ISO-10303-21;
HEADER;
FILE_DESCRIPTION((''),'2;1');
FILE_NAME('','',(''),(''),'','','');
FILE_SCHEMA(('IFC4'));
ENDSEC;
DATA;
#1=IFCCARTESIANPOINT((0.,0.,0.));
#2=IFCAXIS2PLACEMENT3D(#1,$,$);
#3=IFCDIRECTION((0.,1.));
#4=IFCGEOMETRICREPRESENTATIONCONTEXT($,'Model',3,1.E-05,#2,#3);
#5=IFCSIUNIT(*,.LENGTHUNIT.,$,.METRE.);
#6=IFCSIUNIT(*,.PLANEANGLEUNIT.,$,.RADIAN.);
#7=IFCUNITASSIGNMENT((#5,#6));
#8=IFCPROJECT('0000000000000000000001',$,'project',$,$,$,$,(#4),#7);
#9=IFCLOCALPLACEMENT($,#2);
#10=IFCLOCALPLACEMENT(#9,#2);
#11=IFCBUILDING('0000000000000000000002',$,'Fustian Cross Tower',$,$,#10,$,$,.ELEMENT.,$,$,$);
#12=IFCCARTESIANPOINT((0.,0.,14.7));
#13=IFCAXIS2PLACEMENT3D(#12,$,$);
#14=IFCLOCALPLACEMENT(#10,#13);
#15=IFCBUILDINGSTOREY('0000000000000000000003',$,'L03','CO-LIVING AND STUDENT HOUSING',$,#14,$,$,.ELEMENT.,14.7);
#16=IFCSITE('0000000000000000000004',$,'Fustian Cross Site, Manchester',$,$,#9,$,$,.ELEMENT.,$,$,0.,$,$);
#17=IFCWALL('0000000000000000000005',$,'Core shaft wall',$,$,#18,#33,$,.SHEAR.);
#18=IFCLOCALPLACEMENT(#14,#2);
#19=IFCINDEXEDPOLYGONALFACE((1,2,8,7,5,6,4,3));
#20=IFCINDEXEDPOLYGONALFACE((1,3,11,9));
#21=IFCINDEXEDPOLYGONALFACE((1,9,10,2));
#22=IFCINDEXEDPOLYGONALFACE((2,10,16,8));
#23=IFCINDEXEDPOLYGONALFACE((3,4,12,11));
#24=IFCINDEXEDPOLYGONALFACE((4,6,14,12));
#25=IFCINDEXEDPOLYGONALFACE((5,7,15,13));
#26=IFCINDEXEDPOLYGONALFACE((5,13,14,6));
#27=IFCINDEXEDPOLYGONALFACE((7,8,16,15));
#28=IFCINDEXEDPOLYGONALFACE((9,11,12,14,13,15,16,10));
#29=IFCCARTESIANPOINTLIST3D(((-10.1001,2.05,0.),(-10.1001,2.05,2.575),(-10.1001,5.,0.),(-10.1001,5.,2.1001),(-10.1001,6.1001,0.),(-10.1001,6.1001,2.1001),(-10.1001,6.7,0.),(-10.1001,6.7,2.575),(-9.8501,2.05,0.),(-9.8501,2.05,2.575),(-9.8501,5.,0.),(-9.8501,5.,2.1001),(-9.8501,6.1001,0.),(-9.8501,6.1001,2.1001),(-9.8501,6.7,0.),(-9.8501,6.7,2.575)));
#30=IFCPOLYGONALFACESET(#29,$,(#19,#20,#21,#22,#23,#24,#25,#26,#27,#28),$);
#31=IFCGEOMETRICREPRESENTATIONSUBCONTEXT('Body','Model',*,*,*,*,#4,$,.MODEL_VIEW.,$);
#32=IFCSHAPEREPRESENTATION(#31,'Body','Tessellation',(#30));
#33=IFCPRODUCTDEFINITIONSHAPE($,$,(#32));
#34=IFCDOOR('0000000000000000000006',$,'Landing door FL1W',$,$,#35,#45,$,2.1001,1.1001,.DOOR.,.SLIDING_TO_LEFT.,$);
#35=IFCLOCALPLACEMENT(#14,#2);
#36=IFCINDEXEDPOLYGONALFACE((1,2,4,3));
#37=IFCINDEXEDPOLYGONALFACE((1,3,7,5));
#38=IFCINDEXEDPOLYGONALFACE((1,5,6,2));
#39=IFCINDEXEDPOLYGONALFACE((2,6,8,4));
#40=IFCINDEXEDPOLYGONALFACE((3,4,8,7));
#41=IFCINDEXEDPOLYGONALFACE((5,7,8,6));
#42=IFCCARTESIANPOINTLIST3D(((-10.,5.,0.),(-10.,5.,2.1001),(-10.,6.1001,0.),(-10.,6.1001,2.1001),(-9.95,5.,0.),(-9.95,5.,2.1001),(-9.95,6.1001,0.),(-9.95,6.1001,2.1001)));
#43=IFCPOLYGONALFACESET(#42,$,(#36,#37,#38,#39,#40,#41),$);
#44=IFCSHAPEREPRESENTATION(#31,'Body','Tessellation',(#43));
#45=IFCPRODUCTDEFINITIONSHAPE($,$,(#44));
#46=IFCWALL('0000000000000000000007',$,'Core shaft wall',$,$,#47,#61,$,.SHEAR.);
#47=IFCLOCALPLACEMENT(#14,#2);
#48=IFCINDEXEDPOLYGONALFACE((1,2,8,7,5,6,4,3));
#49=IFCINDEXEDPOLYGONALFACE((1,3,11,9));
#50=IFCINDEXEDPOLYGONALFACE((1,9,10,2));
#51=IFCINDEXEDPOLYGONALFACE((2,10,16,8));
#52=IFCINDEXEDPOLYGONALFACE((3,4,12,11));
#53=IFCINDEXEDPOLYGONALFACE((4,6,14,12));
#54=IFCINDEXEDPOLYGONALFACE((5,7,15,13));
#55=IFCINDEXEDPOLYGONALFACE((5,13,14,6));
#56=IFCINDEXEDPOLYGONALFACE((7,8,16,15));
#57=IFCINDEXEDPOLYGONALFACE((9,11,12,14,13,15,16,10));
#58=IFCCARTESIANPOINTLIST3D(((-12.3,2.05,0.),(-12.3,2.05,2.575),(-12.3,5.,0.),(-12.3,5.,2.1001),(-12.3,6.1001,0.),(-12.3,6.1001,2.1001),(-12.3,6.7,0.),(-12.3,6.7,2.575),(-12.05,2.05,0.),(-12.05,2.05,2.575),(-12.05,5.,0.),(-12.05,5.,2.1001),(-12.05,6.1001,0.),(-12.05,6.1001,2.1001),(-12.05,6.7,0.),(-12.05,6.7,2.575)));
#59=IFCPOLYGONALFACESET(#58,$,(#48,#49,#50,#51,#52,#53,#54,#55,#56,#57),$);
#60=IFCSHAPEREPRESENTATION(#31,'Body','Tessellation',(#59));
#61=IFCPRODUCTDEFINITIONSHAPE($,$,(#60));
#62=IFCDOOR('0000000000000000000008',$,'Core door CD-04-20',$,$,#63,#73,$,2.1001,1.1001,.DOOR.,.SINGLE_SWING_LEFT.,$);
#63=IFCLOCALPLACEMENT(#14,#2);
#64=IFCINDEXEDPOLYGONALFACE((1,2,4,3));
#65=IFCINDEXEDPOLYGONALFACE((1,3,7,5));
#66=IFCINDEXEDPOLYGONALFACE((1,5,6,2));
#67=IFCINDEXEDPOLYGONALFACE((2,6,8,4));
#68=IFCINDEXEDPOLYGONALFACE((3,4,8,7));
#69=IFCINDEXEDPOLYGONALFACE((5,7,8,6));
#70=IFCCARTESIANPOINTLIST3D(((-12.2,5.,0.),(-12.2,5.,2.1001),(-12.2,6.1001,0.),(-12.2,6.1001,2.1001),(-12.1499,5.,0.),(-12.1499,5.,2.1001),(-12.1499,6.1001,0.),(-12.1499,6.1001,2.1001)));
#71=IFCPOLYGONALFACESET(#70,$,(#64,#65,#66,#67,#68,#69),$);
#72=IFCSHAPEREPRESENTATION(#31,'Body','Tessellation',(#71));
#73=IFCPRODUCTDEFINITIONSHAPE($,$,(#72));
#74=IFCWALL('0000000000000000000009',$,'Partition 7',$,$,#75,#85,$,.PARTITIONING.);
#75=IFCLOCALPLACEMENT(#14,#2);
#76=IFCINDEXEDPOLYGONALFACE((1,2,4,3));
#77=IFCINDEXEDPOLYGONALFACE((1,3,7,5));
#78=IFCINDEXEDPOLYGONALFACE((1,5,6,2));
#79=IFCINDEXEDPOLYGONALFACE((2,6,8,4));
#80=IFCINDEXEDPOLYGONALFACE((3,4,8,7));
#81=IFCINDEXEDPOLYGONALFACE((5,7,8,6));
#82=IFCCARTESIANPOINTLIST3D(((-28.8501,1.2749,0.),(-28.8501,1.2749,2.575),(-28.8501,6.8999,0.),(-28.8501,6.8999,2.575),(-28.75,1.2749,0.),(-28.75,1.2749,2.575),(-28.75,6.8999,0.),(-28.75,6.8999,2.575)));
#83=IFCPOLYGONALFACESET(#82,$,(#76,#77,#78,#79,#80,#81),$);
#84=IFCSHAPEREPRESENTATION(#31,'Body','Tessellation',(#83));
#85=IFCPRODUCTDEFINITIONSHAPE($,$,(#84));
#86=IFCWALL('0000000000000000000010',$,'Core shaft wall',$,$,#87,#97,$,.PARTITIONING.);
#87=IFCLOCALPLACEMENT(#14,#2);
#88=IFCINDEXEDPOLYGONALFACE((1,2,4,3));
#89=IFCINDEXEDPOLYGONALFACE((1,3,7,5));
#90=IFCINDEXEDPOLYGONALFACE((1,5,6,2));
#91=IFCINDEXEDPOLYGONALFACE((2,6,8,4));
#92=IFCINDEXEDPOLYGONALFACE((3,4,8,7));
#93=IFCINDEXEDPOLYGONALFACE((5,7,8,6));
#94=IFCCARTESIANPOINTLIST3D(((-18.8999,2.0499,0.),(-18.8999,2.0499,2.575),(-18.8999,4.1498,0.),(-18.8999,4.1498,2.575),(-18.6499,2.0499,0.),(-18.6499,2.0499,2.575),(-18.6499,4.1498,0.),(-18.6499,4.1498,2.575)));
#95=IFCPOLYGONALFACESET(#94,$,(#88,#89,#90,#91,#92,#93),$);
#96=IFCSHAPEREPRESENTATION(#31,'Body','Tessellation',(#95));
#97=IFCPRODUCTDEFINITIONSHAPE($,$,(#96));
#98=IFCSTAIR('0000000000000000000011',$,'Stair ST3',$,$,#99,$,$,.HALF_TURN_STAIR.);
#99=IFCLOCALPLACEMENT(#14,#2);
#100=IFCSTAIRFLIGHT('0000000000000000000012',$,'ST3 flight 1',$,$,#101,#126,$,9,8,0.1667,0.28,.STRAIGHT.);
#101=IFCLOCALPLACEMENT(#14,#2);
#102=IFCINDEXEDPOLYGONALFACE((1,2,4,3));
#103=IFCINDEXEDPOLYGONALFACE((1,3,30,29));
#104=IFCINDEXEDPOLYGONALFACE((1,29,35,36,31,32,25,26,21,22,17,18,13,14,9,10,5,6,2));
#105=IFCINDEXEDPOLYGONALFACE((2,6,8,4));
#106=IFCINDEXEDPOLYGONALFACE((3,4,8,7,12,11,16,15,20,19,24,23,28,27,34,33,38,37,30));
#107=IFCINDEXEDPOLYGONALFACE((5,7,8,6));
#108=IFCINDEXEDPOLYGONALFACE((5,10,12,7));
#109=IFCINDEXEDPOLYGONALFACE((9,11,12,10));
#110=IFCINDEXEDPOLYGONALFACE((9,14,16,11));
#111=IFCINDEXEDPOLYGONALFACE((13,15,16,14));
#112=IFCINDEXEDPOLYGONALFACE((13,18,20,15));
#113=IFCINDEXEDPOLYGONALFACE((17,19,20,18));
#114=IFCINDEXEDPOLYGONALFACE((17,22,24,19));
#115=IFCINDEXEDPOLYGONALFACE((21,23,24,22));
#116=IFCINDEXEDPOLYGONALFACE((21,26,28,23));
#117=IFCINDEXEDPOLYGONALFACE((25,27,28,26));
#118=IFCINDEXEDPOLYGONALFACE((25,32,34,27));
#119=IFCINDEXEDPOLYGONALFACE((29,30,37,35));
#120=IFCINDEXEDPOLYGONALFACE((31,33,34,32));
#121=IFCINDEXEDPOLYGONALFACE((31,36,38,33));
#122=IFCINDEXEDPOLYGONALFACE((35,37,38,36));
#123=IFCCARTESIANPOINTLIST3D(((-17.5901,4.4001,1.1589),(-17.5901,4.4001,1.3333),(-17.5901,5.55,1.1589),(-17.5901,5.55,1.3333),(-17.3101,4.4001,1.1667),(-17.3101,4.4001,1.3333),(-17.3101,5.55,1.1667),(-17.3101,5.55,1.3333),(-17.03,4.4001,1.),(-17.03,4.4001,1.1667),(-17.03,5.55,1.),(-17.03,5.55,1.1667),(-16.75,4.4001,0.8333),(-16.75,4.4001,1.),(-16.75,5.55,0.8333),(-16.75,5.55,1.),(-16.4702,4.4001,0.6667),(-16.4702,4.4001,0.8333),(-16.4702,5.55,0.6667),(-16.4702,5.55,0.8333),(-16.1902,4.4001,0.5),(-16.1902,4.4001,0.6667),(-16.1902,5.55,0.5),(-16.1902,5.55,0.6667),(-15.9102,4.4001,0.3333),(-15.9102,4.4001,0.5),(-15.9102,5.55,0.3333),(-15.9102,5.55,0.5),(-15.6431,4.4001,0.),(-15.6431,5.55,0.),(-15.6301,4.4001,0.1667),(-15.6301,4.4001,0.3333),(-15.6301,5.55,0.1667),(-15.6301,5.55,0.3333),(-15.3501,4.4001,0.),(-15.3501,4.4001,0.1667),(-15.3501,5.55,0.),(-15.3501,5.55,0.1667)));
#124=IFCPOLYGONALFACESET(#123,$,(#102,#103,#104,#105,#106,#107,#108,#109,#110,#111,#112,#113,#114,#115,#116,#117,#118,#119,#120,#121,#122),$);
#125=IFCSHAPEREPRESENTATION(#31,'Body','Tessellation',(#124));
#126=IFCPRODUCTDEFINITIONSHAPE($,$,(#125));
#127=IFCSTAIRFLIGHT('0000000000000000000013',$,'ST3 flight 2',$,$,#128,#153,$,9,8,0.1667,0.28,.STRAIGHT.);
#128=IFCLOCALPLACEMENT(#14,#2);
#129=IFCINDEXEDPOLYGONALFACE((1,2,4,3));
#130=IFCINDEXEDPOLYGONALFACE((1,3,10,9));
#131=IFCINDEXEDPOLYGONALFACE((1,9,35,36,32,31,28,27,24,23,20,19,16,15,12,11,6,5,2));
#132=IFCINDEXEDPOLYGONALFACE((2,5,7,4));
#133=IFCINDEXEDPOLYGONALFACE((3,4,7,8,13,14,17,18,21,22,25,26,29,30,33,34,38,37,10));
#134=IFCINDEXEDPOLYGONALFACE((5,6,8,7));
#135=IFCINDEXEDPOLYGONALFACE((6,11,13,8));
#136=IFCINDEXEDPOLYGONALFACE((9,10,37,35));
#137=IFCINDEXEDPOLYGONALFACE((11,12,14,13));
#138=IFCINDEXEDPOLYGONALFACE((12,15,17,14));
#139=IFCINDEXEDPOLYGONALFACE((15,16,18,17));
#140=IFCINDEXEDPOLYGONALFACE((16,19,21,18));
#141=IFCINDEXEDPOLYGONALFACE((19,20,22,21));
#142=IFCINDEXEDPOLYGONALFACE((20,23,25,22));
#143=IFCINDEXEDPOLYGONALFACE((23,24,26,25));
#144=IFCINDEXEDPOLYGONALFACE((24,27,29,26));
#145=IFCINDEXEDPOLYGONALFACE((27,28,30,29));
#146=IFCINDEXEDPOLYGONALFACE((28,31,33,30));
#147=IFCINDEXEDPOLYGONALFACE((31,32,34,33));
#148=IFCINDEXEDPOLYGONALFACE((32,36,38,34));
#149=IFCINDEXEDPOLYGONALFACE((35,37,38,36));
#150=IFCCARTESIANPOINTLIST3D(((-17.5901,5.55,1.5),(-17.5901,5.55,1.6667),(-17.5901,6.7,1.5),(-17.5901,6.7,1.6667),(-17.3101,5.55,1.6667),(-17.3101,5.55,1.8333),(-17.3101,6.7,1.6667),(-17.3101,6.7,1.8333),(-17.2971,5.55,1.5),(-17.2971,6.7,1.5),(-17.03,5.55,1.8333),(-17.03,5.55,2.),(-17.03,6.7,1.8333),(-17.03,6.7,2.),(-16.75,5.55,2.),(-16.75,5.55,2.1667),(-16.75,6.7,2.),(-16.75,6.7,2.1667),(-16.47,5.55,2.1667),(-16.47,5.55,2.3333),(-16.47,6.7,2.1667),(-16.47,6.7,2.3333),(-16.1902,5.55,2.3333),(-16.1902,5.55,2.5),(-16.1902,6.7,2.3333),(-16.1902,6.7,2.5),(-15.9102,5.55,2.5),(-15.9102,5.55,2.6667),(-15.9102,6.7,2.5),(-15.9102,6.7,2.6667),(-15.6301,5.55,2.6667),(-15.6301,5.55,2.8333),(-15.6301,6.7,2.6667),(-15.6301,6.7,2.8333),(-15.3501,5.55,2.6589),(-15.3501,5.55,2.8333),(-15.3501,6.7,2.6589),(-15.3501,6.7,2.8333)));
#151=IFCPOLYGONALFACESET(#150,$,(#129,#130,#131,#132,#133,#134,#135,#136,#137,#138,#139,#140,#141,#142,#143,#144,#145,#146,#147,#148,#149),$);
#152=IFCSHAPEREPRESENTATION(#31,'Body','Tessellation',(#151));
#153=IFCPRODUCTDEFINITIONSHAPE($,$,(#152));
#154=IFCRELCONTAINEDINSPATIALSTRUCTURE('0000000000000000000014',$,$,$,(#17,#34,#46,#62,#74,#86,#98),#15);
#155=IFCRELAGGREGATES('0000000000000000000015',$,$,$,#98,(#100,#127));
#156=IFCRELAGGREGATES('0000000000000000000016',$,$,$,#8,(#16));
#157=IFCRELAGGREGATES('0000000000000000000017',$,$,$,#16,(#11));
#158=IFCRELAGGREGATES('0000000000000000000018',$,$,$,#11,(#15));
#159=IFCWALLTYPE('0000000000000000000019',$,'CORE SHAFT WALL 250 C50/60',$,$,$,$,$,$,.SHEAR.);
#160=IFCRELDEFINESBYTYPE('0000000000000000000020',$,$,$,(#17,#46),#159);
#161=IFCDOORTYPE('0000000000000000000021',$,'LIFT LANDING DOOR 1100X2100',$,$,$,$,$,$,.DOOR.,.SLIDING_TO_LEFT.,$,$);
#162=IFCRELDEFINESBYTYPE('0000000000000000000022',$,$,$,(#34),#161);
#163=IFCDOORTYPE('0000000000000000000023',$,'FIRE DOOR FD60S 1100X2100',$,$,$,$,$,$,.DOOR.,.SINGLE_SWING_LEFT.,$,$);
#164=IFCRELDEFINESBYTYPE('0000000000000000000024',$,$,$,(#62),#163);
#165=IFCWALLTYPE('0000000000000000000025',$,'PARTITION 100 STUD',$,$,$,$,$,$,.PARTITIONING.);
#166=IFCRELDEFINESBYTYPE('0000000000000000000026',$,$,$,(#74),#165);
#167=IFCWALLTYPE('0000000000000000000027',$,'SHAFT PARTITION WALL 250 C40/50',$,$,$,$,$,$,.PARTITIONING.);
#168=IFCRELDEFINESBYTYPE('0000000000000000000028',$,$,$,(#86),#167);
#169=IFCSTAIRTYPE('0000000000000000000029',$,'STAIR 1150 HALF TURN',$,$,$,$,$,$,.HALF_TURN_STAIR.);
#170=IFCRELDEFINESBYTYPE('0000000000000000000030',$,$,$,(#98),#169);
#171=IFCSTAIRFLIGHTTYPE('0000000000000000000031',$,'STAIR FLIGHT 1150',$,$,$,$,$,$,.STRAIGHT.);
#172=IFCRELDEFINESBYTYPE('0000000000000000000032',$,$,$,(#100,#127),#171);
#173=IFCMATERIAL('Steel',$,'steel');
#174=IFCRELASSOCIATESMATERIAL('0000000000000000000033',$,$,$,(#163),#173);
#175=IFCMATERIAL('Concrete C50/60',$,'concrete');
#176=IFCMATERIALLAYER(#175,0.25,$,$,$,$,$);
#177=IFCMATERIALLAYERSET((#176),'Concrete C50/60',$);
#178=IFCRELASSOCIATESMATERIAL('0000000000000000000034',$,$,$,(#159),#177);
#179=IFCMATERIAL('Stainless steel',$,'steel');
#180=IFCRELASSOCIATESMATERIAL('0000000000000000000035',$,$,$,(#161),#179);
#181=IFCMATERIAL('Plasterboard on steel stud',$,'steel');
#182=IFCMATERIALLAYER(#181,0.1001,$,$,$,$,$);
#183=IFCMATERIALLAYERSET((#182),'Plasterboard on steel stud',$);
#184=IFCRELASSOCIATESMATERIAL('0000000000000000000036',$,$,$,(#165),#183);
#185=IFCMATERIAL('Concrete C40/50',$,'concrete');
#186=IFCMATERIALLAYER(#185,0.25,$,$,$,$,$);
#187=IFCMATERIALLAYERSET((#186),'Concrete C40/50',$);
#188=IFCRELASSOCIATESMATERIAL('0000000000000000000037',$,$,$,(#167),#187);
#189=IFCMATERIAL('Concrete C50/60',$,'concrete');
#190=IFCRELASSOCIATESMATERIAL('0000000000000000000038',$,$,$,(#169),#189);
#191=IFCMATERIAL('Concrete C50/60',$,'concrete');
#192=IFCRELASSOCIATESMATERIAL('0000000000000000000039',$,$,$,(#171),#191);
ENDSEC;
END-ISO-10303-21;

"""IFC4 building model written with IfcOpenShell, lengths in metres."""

from ifc_helpers import new_model, si_unit, direction, frame, frame_2d, origin, place, context, subcontext, project, spatial, polyline, rectangle, outline, extrude, material, layer, layer_set, type_object, element, fill, aggregate, save


model = new_model("IFC4")

# Units and contexts
model_context = context("Model", 3, precision=1e-05, world=origin(), true_north=direction((0.0, 1.0)))
body_context = subcontext(model_context, "Body", "Model", "MODEL_VIEW")
ifc_project = project(units=[si_unit("LENGTHUNIT", "METRE"), si_unit("PLANEANGLEUNIT", "RADIAN")], contexts=[model_context])

# Site, building, storey
site_placement = place(None, origin())
site = spatial("IfcSite", under=ifc_project, at=site_placement, Name="Fustian Cross Site, Manchester", CompositionType="ELEMENT", RefElevation=0.0)
building_placement = place(site_placement, origin())
building = spatial("IfcBuilding", under=site, at=building_placement, Name="Fustian Cross Tower", CompositionType="ELEMENT")
storey_placement = place(building_placement, frame((0.0, 0.0, 14.7)))
storey = spatial("IfcBuildingStorey", under=building, at=storey_placement, Name="L03", Description="CO-LIVING AND STUDENT HOUSING", CompositionType="ELEMENT", Elevation=14.7)

# Shared definitions
ifc_material_1 = material(Name="Steel", Category="steel")
door_type_1 = type_object("IfcDoorType", Name="FIRE DOOR FD60S 1100X2100", OperationType="SINGLE_SWING_LEFT", PredefinedType="DOOR", material=ifc_material_1)

# Shared definitions
ifc_material_2 = material(Name="Concrete C50/60", Category="concrete")
ifc_layer_1 = layer(ifc_material_2, 0.25)
ifc_layer_set_1 = layer_set([ifc_layer_1], Name="Concrete C50/60")
wall_type_1 = type_object("IfcWallType", Name="CORE SHAFT WALL 250 C50/60", PredefinedType="SHEAR", material=ifc_layer_set_1)

# Walls, openings, doors
wall_1_placement = place(storey_placement, frame((-9.9751, 2.05, 0.0), z_axis=(0.0, 0.0, 1.0), x_axis=(0.0, 1.0, 0.0)))
wall_1 = element("IfcWall", 1, at=wall_1_placement, inside=storey, type_object=wall_type_1, Name="Core shaft wall", PredefinedType="SHEAR", context=body_context, shape_type="SweptSolid", body=[
    extrude(rectangle(XDim=4.6499, YDim=0.25, at=frame_2d((2.325, 0.0))), origin(), (0.0, 0.0, 1.0), 2.575),
])
opening_1_placement = place(wall_1_placement, frame((2.95, 0.0, 0.0)))
opening_1 = element("IfcOpeningElement", 2, at=opening_1_placement, cuts=wall_1, PredefinedType="OPENING", context=body_context, shape_type="SweptSolid", body=[
    extrude(rectangle(XDim=1.1001, YDim=2.1001, at=frame_2d((0.55, 1.05))), frame((0.0, 0.135, 0.0), z_axis=(0.0, -1.0, 0.0), x_axis=(1.0, 0.0, 0.0)), (0.0, 0.0, 1.0), 0.27),
])
ifc_material_3 = material(Name="Stainless steel", Category="steel")
door_type_2 = type_object("IfcDoorType", Name="LIFT LANDING DOOR 1100X2100", OperationType="SLIDING_TO_LEFT", PredefinedType="DOOR", material=ifc_material_3)
door_1_placement = place(opening_1_placement, origin())
door_1 = element("IfcDoor", 3, at=door_1_placement, inside=storey, type_object=door_type_2, Name="Landing door FL1W", OperationType="SLIDING_TO_LEFT", OverallHeight=2.1001, OverallWidth=1.1001, PredefinedType="DOOR", context=body_context, shape_type="SweptSolid", body=[
    extrude(rectangle(XDim=1.1001, YDim=2.1001, at=frame_2d((0.55, 1.05))), frame((0.0, 0.0249, 0.0), z_axis=(0.0, -1.0, 0.0), x_axis=(1.0, 0.0, 0.0)), (0.0, 0.0, 1.0), 0.05),
])
fill(opening_1, door_1)
wall_2_placement = place(storey_placement, frame((-12.175, 2.05, 0.0), z_axis=(0.0, 0.0, 1.0), x_axis=(0.0, 1.0, 0.0)))
wall_2 = element("IfcWall", 4, at=wall_2_placement, inside=storey, type_object=wall_type_1, Name="Core shaft wall", PredefinedType="SHEAR", context=body_context, shape_type="SweptSolid", body=[
    extrude(rectangle(XDim=4.6499, YDim=0.25, at=frame_2d((2.325, 0.0))), origin(), (0.0, 0.0, 1.0), 2.575),
])
opening_2_placement = place(wall_2_placement, frame((2.95, 0.0, 0.0)))
opening_2 = element("IfcOpeningElement", 5, at=opening_2_placement, cuts=wall_2, PredefinedType="OPENING", context=body_context, shape_type="SweptSolid", body=[
    extrude(rectangle(XDim=1.1001, YDim=2.1001, at=frame_2d((0.55, 1.05))), frame((0.0, 0.135, 0.0), z_axis=(0.0, -1.0, 0.0), x_axis=(1.0, 0.0, 0.0)), (0.0, 0.0, 1.0), 0.27),
])
door_2_placement = place(opening_2_placement, origin())
door_2 = element("IfcDoor", 6, at=door_2_placement, inside=storey, type_object=door_type_1, Name="Core door CD-04-20", OperationType="SINGLE_SWING_LEFT", OverallHeight=2.1001, OverallWidth=1.1001, PredefinedType="DOOR", context=body_context, shape_type="SweptSolid", body=[
    extrude(rectangle(XDim=1.1001, YDim=2.1001, at=frame_2d((0.55, 1.05))), frame((0.0, 0.0249, 0.0), z_axis=(0.0, -1.0, 0.0), x_axis=(1.0, 0.0, 0.0)), (0.0, 0.0, 1.0), 0.05),
])
fill(opening_2, door_2)

# Walls
ifc_material_4 = material(Name="Plasterboard on steel stud", Category="steel")
ifc_layer_2 = layer(ifc_material_4, 0.1001)
ifc_layer_set_2 = layer_set([ifc_layer_2], Name="Plasterboard on steel stud")
wall_type_2 = type_object("IfcWallType", Name="PARTITION 100 STUD", PredefinedType="PARTITIONING", material=ifc_layer_set_2)
wall_3_placement = place(storey_placement, frame((-28.8, 1.2749, 0.0), z_axis=(0.0, 0.0, 1.0), x_axis=(0.0, 1.0, 0.0)))
element("IfcWall", 7, at=wall_3_placement, inside=storey, type_object=wall_type_2, Name="Partition 7", PredefinedType="PARTITIONING", context=body_context, shape_type="SweptSolid", body=[
    extrude(rectangle(XDim=5.625, YDim=0.1001, at=frame_2d((2.8125, 0.0))), origin(), (0.0, 0.0, 1.0), 2.575),
])
ifc_material_5 = material(Name="Concrete C40/50", Category="concrete")
ifc_layer_3 = layer(ifc_material_5, 0.25)
ifc_layer_set_3 = layer_set([ifc_layer_3], Name="Concrete C40/50")
wall_type_3 = type_object("IfcWallType", Name="SHAFT PARTITION WALL 250 C40/50", PredefinedType="PARTITIONING", material=ifc_layer_set_3)
wall_4_placement = place(storey_placement, frame((-18.7749, 2.05, 0.0), z_axis=(0.0, 0.0, 1.0), x_axis=(0.0, 1.0, 0.0)))
element("IfcWall", 8, at=wall_4_placement, inside=storey, type_object=wall_type_3, Name="Core shaft wall", PredefinedType="PARTITIONING", context=body_context, shape_type="SweptSolid", body=[
    extrude(rectangle(XDim=2.0999, YDim=0.25, at=frame_2d((1.0498, 0.0))), origin(), (0.0, 0.0, 1.0), 2.575),
])

# Stair, stair flights
ifc_material_6 = material(Name="Concrete C50/60", Category="concrete")
stair_type = type_object("IfcStairType", Name="STAIR 1150 HALF TURN", PredefinedType="HALF_TURN_STAIR", material=ifc_material_6)
stair_placement = place(storey_placement, origin())
stair = element("IfcStair", 9, at=stair_placement, inside=storey, type_object=stair_type, Name="Stair ST3", PredefinedType="HALF_TURN_STAIR")
ifc_material_7 = material(Name="Concrete C50/60", Category="concrete")
stair_flight_type = type_object("IfcStairFlightType", Name="STAIR FLIGHT 1150", PredefinedType="STRAIGHT", material=ifc_material_7)
stair_flight_1_placement = place(storey_placement, frame((-15.3501, 4.9751, 0.0), z_axis=(0.0, 0.0, 1.0), x_axis=(-1.0, 0.0, 0.0)))
stair_flight_1 = element("IfcStairFlight", 10, at=stair_flight_1_placement, type_object=stair_flight_type, Name="ST3 flight 1", NumberOfRisers=9, NumberOfTreads=8, PredefinedType="STRAIGHT", RiserHeight=0.1667, TreadLength=0.28, context=body_context, shape_type="SweptSolid", body=[
    extrude(outline(polyline([(0.0, 0.0), (0.0, 0.1667), (0.28, 0.1667), (0.28, 0.3333), (0.5601, 0.3333), (0.5601, 0.5), (0.8401, 0.5), (0.8401, 0.6667), (1.1201, 0.6667), (1.1201, 0.8333), (1.3999, 0.8333), (1.3999, 1.0), (1.6799, 1.0), (1.6799, 1.1667), (1.96, 1.1667), (1.96, 1.3333), (2.24, 1.3333), (2.24, 1.5), (2.24, 1.1589), (0.293, 0.0), (0.0, 0.0)])), frame((0.0, 0.575, 0.0), z_axis=(0.0, -1.0, 0.0), x_axis=(1.0, 0.0, 0.0)), (0.0, 0.0, 1.0), 1.1499),
])
stair_flight_2_placement = place(storey_placement, frame((-17.5901, 6.125, 1.5), z_axis=(0.0, 0.0, 1.0), x_axis=(1.0, 0.0, 0.0)))
stair_flight_2 = element("IfcStairFlight", 11, at=stair_flight_2_placement, type_object=stair_flight_type, Name="ST3 flight 2", NumberOfRisers=9, NumberOfTreads=8, PredefinedType="STRAIGHT", RiserHeight=0.1667, TreadLength=0.28, context=body_context, shape_type="SweptSolid", body=[
    extrude(outline(polyline([(0.0, 0.0), (0.0, 0.1667), (0.28, 0.1667), (0.28, 0.3333), (0.5601, 0.3333), (0.5601, 0.5), (0.8401, 0.5), (0.8401, 0.6667), (1.1201, 0.6667), (1.1201, 0.8333), (1.3999, 0.8333), (1.3999, 1.0), (1.6799, 1.0), (1.6799, 1.1667), (1.96, 1.1667), (1.96, 1.3333), (2.24, 1.3333), (2.24, 1.5), (2.24, 1.1589), (0.293, 0.0), (0.0, 0.0)])), frame((0.0, 0.575, 0.0), z_axis=(0.0, -1.0, 0.0), x_axis=(1.0, 0.0, 0.0)), (0.0, 0.0, 1.0), 1.1499),
])
aggregate(stair, [stair_flight_1, stair_flight_2])

save(model, "model.ifc")
